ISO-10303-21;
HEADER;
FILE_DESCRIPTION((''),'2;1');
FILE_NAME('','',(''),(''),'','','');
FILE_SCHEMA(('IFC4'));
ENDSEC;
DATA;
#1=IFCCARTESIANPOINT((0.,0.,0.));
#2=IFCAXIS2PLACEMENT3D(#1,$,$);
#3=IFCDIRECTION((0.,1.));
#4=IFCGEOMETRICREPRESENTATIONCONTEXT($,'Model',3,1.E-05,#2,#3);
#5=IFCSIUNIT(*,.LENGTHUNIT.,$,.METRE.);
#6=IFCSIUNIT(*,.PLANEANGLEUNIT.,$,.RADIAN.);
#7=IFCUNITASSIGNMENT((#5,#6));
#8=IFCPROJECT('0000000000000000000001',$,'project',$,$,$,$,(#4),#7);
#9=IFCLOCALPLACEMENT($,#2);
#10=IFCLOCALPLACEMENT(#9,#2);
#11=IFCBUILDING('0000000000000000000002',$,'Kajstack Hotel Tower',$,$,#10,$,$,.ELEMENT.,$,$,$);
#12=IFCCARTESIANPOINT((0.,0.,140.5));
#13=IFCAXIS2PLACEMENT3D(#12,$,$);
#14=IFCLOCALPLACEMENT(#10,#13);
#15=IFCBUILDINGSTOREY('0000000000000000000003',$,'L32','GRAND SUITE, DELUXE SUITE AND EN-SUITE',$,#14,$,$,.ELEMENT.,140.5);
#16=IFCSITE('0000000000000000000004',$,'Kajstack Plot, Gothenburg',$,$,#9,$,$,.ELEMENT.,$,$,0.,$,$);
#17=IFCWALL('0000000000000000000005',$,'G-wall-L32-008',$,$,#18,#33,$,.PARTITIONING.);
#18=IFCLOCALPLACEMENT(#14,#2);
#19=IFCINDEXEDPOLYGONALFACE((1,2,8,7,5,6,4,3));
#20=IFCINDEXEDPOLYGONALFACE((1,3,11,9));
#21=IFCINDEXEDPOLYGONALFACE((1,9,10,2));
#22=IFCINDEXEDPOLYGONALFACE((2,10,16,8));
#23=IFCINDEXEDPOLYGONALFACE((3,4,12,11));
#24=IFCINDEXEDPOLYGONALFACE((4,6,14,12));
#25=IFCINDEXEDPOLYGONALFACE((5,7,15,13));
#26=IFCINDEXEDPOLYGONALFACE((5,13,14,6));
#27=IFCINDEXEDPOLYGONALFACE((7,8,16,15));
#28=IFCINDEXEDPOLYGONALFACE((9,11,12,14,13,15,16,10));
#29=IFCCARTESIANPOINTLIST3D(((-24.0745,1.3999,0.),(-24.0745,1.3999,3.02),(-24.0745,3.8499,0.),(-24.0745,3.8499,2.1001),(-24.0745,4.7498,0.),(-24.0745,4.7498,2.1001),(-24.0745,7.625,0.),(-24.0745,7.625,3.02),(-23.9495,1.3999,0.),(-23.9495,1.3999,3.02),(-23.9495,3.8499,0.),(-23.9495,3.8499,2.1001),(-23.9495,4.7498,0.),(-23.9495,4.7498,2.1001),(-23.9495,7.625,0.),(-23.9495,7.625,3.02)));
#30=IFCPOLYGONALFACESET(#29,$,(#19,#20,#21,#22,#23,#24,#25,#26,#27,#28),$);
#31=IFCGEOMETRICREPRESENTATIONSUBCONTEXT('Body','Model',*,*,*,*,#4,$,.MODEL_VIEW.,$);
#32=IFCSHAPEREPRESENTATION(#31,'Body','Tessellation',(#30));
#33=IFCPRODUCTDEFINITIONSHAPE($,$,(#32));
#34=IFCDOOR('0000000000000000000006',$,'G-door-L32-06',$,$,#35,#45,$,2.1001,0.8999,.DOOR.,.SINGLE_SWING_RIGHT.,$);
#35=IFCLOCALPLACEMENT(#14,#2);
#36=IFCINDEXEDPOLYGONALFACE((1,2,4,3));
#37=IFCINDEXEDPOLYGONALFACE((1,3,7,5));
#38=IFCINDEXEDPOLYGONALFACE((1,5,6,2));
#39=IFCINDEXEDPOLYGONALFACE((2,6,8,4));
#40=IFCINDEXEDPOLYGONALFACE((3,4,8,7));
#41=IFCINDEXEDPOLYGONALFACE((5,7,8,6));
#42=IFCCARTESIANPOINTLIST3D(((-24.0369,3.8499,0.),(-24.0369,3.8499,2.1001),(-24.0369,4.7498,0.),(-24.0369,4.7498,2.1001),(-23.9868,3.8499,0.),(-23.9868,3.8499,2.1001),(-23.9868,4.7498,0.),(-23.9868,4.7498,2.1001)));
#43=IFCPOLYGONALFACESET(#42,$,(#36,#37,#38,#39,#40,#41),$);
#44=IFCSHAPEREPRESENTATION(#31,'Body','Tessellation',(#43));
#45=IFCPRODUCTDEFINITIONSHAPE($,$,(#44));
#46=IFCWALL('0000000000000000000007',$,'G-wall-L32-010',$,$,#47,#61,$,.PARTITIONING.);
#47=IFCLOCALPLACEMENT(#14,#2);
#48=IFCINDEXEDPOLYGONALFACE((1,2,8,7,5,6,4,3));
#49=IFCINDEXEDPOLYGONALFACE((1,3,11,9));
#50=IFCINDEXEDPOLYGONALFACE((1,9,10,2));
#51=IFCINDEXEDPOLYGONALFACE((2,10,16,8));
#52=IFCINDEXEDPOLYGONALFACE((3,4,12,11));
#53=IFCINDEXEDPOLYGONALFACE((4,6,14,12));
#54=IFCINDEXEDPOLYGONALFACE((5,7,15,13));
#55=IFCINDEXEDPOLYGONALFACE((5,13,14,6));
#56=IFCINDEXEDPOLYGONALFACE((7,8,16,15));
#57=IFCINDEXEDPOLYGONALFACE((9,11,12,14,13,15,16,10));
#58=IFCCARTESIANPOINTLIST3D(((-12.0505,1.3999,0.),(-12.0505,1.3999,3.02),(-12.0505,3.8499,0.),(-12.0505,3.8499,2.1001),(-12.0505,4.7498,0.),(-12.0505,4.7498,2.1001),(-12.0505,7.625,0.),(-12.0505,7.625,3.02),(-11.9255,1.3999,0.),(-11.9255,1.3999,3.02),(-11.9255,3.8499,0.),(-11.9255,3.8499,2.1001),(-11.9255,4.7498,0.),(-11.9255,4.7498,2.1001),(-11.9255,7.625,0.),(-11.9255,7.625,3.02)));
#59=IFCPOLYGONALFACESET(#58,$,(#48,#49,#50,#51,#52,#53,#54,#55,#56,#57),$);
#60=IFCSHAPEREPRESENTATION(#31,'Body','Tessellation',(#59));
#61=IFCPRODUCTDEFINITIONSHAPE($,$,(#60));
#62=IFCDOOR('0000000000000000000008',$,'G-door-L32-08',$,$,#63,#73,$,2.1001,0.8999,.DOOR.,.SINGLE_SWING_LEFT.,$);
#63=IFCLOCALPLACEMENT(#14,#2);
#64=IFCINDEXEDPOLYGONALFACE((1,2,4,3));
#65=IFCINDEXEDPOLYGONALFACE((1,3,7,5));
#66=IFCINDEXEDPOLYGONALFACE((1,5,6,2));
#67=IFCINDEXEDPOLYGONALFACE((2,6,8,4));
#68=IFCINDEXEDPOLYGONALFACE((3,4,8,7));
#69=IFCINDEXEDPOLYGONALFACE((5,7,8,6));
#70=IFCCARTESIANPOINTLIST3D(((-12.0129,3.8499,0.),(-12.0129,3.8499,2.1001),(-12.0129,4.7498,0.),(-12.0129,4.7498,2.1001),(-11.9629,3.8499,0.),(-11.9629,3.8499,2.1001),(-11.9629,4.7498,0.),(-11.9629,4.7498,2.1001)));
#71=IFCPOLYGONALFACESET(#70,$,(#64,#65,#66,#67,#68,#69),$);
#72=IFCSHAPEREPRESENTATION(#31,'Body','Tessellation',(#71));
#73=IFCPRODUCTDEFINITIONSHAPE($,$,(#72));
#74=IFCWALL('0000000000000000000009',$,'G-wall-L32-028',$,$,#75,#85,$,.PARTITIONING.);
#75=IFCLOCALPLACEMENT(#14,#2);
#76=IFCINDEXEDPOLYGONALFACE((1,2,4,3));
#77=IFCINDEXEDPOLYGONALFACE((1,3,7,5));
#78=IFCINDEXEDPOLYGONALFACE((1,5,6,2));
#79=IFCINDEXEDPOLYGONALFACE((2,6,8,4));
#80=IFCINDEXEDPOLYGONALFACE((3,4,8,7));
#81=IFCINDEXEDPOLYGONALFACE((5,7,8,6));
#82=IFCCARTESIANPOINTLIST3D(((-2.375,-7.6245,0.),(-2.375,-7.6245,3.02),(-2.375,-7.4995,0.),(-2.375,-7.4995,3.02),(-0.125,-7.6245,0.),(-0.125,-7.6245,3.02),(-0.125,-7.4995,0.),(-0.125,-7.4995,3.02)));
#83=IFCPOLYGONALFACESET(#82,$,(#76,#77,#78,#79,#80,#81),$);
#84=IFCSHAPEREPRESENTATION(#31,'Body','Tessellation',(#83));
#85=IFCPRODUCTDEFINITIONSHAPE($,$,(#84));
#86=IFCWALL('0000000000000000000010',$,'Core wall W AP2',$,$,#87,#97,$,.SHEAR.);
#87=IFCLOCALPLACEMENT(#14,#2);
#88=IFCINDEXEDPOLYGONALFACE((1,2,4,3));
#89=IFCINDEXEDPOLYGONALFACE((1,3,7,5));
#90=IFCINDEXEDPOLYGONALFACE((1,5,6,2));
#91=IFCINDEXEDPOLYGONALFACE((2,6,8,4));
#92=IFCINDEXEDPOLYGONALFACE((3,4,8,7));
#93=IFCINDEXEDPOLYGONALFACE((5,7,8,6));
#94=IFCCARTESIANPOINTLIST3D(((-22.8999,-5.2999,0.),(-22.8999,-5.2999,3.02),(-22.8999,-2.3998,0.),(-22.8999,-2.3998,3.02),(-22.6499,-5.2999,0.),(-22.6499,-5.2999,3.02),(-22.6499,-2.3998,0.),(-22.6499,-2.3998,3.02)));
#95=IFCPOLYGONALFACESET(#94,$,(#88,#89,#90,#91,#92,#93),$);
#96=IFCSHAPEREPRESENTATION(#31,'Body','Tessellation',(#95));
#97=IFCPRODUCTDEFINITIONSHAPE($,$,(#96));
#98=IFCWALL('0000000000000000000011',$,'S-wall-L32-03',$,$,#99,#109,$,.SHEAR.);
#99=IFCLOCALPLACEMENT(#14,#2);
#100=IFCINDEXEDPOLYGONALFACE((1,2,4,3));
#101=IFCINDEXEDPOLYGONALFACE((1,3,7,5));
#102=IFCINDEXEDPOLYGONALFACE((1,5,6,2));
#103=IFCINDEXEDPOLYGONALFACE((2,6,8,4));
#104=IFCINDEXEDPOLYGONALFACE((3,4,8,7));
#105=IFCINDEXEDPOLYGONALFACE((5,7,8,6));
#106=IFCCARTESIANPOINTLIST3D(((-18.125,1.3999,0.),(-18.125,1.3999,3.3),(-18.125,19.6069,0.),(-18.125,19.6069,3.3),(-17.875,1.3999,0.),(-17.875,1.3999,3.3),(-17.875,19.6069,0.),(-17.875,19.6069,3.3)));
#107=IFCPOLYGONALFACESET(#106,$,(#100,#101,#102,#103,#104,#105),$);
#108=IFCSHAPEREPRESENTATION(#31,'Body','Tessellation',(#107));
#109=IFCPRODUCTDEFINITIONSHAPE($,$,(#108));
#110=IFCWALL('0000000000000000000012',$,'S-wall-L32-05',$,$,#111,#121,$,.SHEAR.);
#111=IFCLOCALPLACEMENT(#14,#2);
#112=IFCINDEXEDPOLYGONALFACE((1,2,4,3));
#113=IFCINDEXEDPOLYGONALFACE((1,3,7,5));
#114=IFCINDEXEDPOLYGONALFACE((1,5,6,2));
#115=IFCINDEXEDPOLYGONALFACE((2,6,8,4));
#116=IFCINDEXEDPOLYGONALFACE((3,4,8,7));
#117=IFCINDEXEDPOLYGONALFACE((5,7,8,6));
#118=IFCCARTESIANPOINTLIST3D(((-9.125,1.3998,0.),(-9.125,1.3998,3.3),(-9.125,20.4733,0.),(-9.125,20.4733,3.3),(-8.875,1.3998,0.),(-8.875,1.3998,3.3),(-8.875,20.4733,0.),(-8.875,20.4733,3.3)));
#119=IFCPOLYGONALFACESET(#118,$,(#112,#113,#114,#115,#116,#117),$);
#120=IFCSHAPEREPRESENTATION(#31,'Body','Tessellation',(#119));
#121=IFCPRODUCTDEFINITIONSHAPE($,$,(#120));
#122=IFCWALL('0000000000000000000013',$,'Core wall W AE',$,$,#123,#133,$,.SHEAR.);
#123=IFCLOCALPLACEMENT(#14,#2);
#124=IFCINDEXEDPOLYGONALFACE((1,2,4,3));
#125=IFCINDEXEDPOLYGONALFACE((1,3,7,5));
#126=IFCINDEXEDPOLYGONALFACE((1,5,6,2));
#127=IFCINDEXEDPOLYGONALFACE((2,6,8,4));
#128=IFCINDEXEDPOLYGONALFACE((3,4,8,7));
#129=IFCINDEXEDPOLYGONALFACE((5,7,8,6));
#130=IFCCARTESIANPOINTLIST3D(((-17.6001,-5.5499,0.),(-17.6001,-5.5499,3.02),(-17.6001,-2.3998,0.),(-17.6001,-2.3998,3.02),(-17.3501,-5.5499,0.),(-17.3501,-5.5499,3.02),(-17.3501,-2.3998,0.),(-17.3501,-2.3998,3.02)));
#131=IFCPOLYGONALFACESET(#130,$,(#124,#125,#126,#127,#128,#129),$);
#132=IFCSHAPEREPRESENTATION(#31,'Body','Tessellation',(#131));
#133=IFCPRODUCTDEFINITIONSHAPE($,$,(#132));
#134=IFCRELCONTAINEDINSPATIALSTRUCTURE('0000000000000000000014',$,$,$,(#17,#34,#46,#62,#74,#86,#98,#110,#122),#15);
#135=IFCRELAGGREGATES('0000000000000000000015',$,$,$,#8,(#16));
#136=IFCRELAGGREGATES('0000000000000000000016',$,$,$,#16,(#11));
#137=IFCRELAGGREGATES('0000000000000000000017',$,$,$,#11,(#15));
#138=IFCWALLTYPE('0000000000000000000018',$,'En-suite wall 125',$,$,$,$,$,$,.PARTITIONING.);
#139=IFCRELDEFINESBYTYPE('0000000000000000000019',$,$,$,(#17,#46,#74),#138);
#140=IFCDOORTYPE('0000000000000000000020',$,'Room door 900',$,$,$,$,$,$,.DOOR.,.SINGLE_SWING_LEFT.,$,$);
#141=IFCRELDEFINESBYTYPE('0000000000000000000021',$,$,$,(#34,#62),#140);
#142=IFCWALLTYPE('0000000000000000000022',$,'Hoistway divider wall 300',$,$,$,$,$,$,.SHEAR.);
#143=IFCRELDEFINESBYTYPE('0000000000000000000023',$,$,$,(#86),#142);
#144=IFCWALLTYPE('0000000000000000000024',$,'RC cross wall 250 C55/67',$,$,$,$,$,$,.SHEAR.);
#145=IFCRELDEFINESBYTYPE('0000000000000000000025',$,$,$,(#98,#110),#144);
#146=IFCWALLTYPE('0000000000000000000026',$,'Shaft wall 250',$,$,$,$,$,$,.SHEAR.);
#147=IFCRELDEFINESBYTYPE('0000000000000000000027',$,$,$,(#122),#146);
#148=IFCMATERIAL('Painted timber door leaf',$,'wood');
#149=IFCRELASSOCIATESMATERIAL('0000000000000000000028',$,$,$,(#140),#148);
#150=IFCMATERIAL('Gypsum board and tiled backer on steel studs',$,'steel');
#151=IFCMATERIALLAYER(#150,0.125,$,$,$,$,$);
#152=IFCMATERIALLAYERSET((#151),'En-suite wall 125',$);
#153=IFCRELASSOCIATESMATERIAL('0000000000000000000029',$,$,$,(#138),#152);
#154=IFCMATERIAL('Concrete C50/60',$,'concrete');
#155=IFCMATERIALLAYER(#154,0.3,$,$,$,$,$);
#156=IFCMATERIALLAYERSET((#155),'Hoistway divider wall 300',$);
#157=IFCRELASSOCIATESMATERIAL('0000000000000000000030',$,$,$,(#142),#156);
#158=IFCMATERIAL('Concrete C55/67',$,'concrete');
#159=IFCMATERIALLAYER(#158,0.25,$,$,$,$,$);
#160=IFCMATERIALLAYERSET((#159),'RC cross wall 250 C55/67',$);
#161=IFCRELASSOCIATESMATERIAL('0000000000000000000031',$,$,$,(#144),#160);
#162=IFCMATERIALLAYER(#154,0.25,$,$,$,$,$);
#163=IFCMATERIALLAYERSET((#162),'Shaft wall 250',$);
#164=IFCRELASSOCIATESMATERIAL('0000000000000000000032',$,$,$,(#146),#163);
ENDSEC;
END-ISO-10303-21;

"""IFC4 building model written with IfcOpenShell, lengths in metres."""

from ifc_helpers import new_model, si_unit, direction, frame, frame_2d, origin, place, context, subcontext, project, spatial, rectangle, extrude, material, layer, layer_set, type_object, element, fill, save


model = new_model("IFC4")

# Units and contexts
model_context = context("Model", 3, precision=1e-05, world=origin(), true_north=direction((0.0, 1.0)))
body_context = subcontext(model_context, "Body", "Model", "MODEL_VIEW")
ifc_project = project(units=[si_unit("LENGTHUNIT", "METRE"), si_unit("PLANEANGLEUNIT", "RADIAN")], contexts=[model_context])

# Site, building, storey
site_placement = place(None, origin())
site = spatial("IfcSite", under=ifc_project, at=site_placement, Name="Kajstack Plot, Gothenburg", CompositionType="ELEMENT", RefElevation=0.0)
building_placement = place(site_placement, origin())
building = spatial("IfcBuilding", under=site, at=building_placement, Name="Kajstack Hotel Tower", CompositionType="ELEMENT")
storey_placement = place(building_placement, frame((0.0, 0.0, 140.5)))
storey = spatial("IfcBuildingStorey", under=building, at=storey_placement, Name="L32", Description="GRAND SUITE, DELUXE SUITE AND EN-SUITE", CompositionType="ELEMENT", Elevation=140.5)

# Shared definitions
ifc_material_1 = material(Name="Painted timber door leaf", Category="wood")
door_type_1 = type_object("IfcDoorType", Name="Room door 900", OperationType="SINGLE_SWING_LEFT", PredefinedType="DOOR", material=ifc_material_1)

# Walls, openings, doors
ifc_material_2 = material(Name="Gypsum board and tiled backer on steel studs", Category="steel")
ifc_layer_1 = layer(ifc_material_2, 0.125)
ifc_layer_set_1 = layer_set([ifc_layer_1], Name="En-suite wall 125")
wall_type_1 = type_object("IfcWallType", Name="En-suite wall 125", PredefinedType="PARTITIONING", material=ifc_layer_set_1)
wall_1_placement = place(storey_placement, frame((-24.012, 1.3999, 0.0), z_axis=(0.0, 0.0, 1.0), x_axis=(0.0, 1.0, 0.0)))
wall_1 = element("IfcWall", 1, at=wall_1_placement, inside=storey, type_object=wall_type_1, Name="G-wall-L32-008", PredefinedType="PARTITIONING", context=body_context, shape_type="SweptSolid", body=[
    extrude(rectangle(XDim=6.2251, YDim=0.125, at=frame_2d((3.1125, 0.0))), origin(), (0.0, 0.0, 1.0), 3.02),
])
opening_1_placement = place(wall_1_placement, frame((2.45, 0.0, 0.0)))
opening_1 = element("IfcOpeningElement", 2, at=opening_1_placement, cuts=wall_1, PredefinedType="OPENING", context=body_context, shape_type="SweptSolid", body=[
    extrude(rectangle(XDim=0.8999, YDim=2.1001, at=frame_2d((0.45, 1.05))), frame((0.0, 0.0725, 0.0), z_axis=(0.0, -1.0, 0.0), x_axis=(1.0, 0.0, 0.0)), (0.0, 0.0, 1.0), 0.145),
])
door_1_placement = place(opening_1_placement, origin())
door_1 = element("IfcDoor", 3, at=door_1_placement, inside=storey, type_object=door_type_1, Name="G-door-L32-06", OperationType="SINGLE_SWING_RIGHT", OverallHeight=2.1001, OverallWidth=0.8999, PredefinedType="DOOR", context=body_context, shape_type="SweptSolid", body=[
    extrude(rectangle(XDim=0.8999, YDim=2.1001, at=frame_2d((0.45, 1.05))), frame((0.0, 0.0249, 0.0), z_axis=(0.0, -1.0, 0.0), x_axis=(1.0, 0.0, 0.0)), (0.0, 0.0, 1.0), 0.05),
])
fill(opening_1, door_1)
wall_2_placement = place(storey_placement, frame((-11.988, 1.3999, 0.0), z_axis=(0.0, 0.0, 1.0), x_axis=(0.0, 1.0, 0.0)))
wall_2 = element("IfcWall", 4, at=wall_2_placement, inside=storey, type_object=wall_type_1, Name="G-wall-L32-010", PredefinedType="PARTITIONING", context=body_context, shape_type="SweptSolid", body=[
    extrude(rectangle(XDim=6.2251, YDim=0.125, at=frame_2d((3.1125, 0.0))), origin(), (0.0, 0.0, 1.0), 3.02),
])
opening_2_placement = place(wall_2_placement, frame((2.45, 0.0, 0.0)))
opening_2 = element("IfcOpeningElement", 5, at=opening_2_placement, cuts=wall_2, PredefinedType="OPENING", context=body_context, shape_type="SweptSolid", body=[
    extrude(rectangle(XDim=0.8999, YDim=2.1001, at=frame_2d((0.45, 1.05))), frame((0.0, 0.0725, 0.0), z_axis=(0.0, -1.0, 0.0), x_axis=(1.0, 0.0, 0.0)), (0.0, 0.0, 1.0), 0.145),
])
door_2_placement = place(opening_2_placement, origin())
door_2 = element("IfcDoor", 6, at=door_2_placement, inside=storey, type_object=door_type_1, Name="G-door-L32-08", OperationType="SINGLE_SWING_LEFT", OverallHeight=2.1001, OverallWidth=0.8999, PredefinedType="DOOR", context=body_context, shape_type="SweptSolid", body=[
    extrude(rectangle(XDim=0.8999, YDim=2.1001, at=frame_2d((0.45, 1.05))), frame((0.0, 0.0249, 0.0), z_axis=(0.0, -1.0, 0.0), x_axis=(1.0, 0.0, 0.0)), (0.0, 0.0, 1.0), 0.05),
])
fill(opening_2, door_2)

# Walls
wall_3_placement = place(storey_placement, frame((-2.375, -7.562, 0.0), z_axis=(0.0, 0.0, 1.0), x_axis=(1.0, 0.0, 0.0)))
element("IfcWall", 7, at=wall_3_placement, inside=storey, type_object=wall_type_1, Name="G-wall-L32-028", PredefinedType="PARTITIONING", context=body_context, shape_type="SweptSolid", body=[
    extrude(rectangle(XDim=2.25, YDim=0.125, at=frame_2d((1.125, 0.0))), origin(), (0.0, 0.0, 1.0), 3.02),
])
ifc_material_3 = material(Name="Concrete C50/60", Category="concrete")
ifc_layer_2 = layer(ifc_material_3, 0.3)
ifc_layer_set_2 = layer_set([ifc_layer_2], Name="Hoistway divider wall 300")
wall_type_2 = type_object("IfcWallType", Name="Hoistway divider wall 300", PredefinedType="SHEAR", material=ifc_layer_set_2)
wall_4_placement = place(storey_placement, frame((-22.7749, -5.3, 0.0), z_axis=(0.0, 0.0, 1.0), x_axis=(0.0, 1.0, 0.0)))
element("IfcWall", 8, at=wall_4_placement, inside=storey, type_object=wall_type_2, Name="Core wall W AP2", PredefinedType="SHEAR", context=body_context, shape_type="SweptSolid", body=[
    extrude(rectangle(XDim=2.9001, YDim=0.25, at=frame_2d((1.4502, 0.0))), origin(), (0.0, 0.0, 1.0), 3.02),
])
ifc_material_4 = material(Name="Concrete C55/67", Category="concrete")
ifc_layer_3 = layer(ifc_material_4, 0.25)
ifc_layer_set_3 = layer_set([ifc_layer_3], Name="RC cross wall 250 C55/67")
wall_type_3 = type_object("IfcWallType", Name="RC cross wall 250 C55/67", PredefinedType="SHEAR", material=ifc_layer_set_3)
wall_5_placement = place(storey_placement, frame((-18.0, 1.3999, 0.0), z_axis=(0.0, 0.0, 1.0), x_axis=(0.0, 1.0, 0.0)))
element("IfcWall", 9, at=wall_5_placement, inside=storey, type_object=wall_type_3, Name="S-wall-L32-03", PredefinedType="SHEAR", context=body_context, shape_type="SweptSolid", body=[
    extrude(rectangle(XDim=18.207, YDim=0.25, at=frame_2d((9.1035, 0.0))), origin(), (0.0, 0.0, 1.0), 3.3),
])
wall_6_placement = place(storey_placement, frame((-9.0, 1.3999, 0.0), z_axis=(0.0, 0.0, 1.0), x_axis=(0.0, 1.0, 0.0)))
element("IfcWall", 10, at=wall_6_placement, inside=storey, type_object=wall_type_3, Name="S-wall-L32-05", PredefinedType="SHEAR", context=body_context, shape_type="SweptSolid", body=[
    extrude(rectangle(XDim=19.0735, YDim=0.25, at=frame_2d((9.5366, 0.0))), origin(), (0.0, 0.0, 1.0), 3.3),
])
ifc_layer_4 = layer(ifc_material_3, 0.25)
ifc_layer_set_4 = layer_set([ifc_layer_4], Name="Shaft wall 250")
wall_type_4 = type_object("IfcWallType", Name="Shaft wall 250", PredefinedType="SHEAR", material=ifc_layer_set_4)
wall_7_placement = place(storey_placement, frame((-17.4751, -5.55, 0.0), z_axis=(0.0, 0.0, 1.0), x_axis=(0.0, 1.0, 0.0)))
element("IfcWall", 11, at=wall_7_placement, inside=storey, type_object=wall_type_4, Name="Core wall W AE", PredefinedType="SHEAR", context=body_context, shape_type="SweptSolid", body=[
    extrude(rectangle(XDim=3.1501, YDim=0.25, at=frame_2d((1.5752, 0.0))), origin(), (0.0, 0.0, 1.0), 3.02),
])

save(model, "model.ifc")
